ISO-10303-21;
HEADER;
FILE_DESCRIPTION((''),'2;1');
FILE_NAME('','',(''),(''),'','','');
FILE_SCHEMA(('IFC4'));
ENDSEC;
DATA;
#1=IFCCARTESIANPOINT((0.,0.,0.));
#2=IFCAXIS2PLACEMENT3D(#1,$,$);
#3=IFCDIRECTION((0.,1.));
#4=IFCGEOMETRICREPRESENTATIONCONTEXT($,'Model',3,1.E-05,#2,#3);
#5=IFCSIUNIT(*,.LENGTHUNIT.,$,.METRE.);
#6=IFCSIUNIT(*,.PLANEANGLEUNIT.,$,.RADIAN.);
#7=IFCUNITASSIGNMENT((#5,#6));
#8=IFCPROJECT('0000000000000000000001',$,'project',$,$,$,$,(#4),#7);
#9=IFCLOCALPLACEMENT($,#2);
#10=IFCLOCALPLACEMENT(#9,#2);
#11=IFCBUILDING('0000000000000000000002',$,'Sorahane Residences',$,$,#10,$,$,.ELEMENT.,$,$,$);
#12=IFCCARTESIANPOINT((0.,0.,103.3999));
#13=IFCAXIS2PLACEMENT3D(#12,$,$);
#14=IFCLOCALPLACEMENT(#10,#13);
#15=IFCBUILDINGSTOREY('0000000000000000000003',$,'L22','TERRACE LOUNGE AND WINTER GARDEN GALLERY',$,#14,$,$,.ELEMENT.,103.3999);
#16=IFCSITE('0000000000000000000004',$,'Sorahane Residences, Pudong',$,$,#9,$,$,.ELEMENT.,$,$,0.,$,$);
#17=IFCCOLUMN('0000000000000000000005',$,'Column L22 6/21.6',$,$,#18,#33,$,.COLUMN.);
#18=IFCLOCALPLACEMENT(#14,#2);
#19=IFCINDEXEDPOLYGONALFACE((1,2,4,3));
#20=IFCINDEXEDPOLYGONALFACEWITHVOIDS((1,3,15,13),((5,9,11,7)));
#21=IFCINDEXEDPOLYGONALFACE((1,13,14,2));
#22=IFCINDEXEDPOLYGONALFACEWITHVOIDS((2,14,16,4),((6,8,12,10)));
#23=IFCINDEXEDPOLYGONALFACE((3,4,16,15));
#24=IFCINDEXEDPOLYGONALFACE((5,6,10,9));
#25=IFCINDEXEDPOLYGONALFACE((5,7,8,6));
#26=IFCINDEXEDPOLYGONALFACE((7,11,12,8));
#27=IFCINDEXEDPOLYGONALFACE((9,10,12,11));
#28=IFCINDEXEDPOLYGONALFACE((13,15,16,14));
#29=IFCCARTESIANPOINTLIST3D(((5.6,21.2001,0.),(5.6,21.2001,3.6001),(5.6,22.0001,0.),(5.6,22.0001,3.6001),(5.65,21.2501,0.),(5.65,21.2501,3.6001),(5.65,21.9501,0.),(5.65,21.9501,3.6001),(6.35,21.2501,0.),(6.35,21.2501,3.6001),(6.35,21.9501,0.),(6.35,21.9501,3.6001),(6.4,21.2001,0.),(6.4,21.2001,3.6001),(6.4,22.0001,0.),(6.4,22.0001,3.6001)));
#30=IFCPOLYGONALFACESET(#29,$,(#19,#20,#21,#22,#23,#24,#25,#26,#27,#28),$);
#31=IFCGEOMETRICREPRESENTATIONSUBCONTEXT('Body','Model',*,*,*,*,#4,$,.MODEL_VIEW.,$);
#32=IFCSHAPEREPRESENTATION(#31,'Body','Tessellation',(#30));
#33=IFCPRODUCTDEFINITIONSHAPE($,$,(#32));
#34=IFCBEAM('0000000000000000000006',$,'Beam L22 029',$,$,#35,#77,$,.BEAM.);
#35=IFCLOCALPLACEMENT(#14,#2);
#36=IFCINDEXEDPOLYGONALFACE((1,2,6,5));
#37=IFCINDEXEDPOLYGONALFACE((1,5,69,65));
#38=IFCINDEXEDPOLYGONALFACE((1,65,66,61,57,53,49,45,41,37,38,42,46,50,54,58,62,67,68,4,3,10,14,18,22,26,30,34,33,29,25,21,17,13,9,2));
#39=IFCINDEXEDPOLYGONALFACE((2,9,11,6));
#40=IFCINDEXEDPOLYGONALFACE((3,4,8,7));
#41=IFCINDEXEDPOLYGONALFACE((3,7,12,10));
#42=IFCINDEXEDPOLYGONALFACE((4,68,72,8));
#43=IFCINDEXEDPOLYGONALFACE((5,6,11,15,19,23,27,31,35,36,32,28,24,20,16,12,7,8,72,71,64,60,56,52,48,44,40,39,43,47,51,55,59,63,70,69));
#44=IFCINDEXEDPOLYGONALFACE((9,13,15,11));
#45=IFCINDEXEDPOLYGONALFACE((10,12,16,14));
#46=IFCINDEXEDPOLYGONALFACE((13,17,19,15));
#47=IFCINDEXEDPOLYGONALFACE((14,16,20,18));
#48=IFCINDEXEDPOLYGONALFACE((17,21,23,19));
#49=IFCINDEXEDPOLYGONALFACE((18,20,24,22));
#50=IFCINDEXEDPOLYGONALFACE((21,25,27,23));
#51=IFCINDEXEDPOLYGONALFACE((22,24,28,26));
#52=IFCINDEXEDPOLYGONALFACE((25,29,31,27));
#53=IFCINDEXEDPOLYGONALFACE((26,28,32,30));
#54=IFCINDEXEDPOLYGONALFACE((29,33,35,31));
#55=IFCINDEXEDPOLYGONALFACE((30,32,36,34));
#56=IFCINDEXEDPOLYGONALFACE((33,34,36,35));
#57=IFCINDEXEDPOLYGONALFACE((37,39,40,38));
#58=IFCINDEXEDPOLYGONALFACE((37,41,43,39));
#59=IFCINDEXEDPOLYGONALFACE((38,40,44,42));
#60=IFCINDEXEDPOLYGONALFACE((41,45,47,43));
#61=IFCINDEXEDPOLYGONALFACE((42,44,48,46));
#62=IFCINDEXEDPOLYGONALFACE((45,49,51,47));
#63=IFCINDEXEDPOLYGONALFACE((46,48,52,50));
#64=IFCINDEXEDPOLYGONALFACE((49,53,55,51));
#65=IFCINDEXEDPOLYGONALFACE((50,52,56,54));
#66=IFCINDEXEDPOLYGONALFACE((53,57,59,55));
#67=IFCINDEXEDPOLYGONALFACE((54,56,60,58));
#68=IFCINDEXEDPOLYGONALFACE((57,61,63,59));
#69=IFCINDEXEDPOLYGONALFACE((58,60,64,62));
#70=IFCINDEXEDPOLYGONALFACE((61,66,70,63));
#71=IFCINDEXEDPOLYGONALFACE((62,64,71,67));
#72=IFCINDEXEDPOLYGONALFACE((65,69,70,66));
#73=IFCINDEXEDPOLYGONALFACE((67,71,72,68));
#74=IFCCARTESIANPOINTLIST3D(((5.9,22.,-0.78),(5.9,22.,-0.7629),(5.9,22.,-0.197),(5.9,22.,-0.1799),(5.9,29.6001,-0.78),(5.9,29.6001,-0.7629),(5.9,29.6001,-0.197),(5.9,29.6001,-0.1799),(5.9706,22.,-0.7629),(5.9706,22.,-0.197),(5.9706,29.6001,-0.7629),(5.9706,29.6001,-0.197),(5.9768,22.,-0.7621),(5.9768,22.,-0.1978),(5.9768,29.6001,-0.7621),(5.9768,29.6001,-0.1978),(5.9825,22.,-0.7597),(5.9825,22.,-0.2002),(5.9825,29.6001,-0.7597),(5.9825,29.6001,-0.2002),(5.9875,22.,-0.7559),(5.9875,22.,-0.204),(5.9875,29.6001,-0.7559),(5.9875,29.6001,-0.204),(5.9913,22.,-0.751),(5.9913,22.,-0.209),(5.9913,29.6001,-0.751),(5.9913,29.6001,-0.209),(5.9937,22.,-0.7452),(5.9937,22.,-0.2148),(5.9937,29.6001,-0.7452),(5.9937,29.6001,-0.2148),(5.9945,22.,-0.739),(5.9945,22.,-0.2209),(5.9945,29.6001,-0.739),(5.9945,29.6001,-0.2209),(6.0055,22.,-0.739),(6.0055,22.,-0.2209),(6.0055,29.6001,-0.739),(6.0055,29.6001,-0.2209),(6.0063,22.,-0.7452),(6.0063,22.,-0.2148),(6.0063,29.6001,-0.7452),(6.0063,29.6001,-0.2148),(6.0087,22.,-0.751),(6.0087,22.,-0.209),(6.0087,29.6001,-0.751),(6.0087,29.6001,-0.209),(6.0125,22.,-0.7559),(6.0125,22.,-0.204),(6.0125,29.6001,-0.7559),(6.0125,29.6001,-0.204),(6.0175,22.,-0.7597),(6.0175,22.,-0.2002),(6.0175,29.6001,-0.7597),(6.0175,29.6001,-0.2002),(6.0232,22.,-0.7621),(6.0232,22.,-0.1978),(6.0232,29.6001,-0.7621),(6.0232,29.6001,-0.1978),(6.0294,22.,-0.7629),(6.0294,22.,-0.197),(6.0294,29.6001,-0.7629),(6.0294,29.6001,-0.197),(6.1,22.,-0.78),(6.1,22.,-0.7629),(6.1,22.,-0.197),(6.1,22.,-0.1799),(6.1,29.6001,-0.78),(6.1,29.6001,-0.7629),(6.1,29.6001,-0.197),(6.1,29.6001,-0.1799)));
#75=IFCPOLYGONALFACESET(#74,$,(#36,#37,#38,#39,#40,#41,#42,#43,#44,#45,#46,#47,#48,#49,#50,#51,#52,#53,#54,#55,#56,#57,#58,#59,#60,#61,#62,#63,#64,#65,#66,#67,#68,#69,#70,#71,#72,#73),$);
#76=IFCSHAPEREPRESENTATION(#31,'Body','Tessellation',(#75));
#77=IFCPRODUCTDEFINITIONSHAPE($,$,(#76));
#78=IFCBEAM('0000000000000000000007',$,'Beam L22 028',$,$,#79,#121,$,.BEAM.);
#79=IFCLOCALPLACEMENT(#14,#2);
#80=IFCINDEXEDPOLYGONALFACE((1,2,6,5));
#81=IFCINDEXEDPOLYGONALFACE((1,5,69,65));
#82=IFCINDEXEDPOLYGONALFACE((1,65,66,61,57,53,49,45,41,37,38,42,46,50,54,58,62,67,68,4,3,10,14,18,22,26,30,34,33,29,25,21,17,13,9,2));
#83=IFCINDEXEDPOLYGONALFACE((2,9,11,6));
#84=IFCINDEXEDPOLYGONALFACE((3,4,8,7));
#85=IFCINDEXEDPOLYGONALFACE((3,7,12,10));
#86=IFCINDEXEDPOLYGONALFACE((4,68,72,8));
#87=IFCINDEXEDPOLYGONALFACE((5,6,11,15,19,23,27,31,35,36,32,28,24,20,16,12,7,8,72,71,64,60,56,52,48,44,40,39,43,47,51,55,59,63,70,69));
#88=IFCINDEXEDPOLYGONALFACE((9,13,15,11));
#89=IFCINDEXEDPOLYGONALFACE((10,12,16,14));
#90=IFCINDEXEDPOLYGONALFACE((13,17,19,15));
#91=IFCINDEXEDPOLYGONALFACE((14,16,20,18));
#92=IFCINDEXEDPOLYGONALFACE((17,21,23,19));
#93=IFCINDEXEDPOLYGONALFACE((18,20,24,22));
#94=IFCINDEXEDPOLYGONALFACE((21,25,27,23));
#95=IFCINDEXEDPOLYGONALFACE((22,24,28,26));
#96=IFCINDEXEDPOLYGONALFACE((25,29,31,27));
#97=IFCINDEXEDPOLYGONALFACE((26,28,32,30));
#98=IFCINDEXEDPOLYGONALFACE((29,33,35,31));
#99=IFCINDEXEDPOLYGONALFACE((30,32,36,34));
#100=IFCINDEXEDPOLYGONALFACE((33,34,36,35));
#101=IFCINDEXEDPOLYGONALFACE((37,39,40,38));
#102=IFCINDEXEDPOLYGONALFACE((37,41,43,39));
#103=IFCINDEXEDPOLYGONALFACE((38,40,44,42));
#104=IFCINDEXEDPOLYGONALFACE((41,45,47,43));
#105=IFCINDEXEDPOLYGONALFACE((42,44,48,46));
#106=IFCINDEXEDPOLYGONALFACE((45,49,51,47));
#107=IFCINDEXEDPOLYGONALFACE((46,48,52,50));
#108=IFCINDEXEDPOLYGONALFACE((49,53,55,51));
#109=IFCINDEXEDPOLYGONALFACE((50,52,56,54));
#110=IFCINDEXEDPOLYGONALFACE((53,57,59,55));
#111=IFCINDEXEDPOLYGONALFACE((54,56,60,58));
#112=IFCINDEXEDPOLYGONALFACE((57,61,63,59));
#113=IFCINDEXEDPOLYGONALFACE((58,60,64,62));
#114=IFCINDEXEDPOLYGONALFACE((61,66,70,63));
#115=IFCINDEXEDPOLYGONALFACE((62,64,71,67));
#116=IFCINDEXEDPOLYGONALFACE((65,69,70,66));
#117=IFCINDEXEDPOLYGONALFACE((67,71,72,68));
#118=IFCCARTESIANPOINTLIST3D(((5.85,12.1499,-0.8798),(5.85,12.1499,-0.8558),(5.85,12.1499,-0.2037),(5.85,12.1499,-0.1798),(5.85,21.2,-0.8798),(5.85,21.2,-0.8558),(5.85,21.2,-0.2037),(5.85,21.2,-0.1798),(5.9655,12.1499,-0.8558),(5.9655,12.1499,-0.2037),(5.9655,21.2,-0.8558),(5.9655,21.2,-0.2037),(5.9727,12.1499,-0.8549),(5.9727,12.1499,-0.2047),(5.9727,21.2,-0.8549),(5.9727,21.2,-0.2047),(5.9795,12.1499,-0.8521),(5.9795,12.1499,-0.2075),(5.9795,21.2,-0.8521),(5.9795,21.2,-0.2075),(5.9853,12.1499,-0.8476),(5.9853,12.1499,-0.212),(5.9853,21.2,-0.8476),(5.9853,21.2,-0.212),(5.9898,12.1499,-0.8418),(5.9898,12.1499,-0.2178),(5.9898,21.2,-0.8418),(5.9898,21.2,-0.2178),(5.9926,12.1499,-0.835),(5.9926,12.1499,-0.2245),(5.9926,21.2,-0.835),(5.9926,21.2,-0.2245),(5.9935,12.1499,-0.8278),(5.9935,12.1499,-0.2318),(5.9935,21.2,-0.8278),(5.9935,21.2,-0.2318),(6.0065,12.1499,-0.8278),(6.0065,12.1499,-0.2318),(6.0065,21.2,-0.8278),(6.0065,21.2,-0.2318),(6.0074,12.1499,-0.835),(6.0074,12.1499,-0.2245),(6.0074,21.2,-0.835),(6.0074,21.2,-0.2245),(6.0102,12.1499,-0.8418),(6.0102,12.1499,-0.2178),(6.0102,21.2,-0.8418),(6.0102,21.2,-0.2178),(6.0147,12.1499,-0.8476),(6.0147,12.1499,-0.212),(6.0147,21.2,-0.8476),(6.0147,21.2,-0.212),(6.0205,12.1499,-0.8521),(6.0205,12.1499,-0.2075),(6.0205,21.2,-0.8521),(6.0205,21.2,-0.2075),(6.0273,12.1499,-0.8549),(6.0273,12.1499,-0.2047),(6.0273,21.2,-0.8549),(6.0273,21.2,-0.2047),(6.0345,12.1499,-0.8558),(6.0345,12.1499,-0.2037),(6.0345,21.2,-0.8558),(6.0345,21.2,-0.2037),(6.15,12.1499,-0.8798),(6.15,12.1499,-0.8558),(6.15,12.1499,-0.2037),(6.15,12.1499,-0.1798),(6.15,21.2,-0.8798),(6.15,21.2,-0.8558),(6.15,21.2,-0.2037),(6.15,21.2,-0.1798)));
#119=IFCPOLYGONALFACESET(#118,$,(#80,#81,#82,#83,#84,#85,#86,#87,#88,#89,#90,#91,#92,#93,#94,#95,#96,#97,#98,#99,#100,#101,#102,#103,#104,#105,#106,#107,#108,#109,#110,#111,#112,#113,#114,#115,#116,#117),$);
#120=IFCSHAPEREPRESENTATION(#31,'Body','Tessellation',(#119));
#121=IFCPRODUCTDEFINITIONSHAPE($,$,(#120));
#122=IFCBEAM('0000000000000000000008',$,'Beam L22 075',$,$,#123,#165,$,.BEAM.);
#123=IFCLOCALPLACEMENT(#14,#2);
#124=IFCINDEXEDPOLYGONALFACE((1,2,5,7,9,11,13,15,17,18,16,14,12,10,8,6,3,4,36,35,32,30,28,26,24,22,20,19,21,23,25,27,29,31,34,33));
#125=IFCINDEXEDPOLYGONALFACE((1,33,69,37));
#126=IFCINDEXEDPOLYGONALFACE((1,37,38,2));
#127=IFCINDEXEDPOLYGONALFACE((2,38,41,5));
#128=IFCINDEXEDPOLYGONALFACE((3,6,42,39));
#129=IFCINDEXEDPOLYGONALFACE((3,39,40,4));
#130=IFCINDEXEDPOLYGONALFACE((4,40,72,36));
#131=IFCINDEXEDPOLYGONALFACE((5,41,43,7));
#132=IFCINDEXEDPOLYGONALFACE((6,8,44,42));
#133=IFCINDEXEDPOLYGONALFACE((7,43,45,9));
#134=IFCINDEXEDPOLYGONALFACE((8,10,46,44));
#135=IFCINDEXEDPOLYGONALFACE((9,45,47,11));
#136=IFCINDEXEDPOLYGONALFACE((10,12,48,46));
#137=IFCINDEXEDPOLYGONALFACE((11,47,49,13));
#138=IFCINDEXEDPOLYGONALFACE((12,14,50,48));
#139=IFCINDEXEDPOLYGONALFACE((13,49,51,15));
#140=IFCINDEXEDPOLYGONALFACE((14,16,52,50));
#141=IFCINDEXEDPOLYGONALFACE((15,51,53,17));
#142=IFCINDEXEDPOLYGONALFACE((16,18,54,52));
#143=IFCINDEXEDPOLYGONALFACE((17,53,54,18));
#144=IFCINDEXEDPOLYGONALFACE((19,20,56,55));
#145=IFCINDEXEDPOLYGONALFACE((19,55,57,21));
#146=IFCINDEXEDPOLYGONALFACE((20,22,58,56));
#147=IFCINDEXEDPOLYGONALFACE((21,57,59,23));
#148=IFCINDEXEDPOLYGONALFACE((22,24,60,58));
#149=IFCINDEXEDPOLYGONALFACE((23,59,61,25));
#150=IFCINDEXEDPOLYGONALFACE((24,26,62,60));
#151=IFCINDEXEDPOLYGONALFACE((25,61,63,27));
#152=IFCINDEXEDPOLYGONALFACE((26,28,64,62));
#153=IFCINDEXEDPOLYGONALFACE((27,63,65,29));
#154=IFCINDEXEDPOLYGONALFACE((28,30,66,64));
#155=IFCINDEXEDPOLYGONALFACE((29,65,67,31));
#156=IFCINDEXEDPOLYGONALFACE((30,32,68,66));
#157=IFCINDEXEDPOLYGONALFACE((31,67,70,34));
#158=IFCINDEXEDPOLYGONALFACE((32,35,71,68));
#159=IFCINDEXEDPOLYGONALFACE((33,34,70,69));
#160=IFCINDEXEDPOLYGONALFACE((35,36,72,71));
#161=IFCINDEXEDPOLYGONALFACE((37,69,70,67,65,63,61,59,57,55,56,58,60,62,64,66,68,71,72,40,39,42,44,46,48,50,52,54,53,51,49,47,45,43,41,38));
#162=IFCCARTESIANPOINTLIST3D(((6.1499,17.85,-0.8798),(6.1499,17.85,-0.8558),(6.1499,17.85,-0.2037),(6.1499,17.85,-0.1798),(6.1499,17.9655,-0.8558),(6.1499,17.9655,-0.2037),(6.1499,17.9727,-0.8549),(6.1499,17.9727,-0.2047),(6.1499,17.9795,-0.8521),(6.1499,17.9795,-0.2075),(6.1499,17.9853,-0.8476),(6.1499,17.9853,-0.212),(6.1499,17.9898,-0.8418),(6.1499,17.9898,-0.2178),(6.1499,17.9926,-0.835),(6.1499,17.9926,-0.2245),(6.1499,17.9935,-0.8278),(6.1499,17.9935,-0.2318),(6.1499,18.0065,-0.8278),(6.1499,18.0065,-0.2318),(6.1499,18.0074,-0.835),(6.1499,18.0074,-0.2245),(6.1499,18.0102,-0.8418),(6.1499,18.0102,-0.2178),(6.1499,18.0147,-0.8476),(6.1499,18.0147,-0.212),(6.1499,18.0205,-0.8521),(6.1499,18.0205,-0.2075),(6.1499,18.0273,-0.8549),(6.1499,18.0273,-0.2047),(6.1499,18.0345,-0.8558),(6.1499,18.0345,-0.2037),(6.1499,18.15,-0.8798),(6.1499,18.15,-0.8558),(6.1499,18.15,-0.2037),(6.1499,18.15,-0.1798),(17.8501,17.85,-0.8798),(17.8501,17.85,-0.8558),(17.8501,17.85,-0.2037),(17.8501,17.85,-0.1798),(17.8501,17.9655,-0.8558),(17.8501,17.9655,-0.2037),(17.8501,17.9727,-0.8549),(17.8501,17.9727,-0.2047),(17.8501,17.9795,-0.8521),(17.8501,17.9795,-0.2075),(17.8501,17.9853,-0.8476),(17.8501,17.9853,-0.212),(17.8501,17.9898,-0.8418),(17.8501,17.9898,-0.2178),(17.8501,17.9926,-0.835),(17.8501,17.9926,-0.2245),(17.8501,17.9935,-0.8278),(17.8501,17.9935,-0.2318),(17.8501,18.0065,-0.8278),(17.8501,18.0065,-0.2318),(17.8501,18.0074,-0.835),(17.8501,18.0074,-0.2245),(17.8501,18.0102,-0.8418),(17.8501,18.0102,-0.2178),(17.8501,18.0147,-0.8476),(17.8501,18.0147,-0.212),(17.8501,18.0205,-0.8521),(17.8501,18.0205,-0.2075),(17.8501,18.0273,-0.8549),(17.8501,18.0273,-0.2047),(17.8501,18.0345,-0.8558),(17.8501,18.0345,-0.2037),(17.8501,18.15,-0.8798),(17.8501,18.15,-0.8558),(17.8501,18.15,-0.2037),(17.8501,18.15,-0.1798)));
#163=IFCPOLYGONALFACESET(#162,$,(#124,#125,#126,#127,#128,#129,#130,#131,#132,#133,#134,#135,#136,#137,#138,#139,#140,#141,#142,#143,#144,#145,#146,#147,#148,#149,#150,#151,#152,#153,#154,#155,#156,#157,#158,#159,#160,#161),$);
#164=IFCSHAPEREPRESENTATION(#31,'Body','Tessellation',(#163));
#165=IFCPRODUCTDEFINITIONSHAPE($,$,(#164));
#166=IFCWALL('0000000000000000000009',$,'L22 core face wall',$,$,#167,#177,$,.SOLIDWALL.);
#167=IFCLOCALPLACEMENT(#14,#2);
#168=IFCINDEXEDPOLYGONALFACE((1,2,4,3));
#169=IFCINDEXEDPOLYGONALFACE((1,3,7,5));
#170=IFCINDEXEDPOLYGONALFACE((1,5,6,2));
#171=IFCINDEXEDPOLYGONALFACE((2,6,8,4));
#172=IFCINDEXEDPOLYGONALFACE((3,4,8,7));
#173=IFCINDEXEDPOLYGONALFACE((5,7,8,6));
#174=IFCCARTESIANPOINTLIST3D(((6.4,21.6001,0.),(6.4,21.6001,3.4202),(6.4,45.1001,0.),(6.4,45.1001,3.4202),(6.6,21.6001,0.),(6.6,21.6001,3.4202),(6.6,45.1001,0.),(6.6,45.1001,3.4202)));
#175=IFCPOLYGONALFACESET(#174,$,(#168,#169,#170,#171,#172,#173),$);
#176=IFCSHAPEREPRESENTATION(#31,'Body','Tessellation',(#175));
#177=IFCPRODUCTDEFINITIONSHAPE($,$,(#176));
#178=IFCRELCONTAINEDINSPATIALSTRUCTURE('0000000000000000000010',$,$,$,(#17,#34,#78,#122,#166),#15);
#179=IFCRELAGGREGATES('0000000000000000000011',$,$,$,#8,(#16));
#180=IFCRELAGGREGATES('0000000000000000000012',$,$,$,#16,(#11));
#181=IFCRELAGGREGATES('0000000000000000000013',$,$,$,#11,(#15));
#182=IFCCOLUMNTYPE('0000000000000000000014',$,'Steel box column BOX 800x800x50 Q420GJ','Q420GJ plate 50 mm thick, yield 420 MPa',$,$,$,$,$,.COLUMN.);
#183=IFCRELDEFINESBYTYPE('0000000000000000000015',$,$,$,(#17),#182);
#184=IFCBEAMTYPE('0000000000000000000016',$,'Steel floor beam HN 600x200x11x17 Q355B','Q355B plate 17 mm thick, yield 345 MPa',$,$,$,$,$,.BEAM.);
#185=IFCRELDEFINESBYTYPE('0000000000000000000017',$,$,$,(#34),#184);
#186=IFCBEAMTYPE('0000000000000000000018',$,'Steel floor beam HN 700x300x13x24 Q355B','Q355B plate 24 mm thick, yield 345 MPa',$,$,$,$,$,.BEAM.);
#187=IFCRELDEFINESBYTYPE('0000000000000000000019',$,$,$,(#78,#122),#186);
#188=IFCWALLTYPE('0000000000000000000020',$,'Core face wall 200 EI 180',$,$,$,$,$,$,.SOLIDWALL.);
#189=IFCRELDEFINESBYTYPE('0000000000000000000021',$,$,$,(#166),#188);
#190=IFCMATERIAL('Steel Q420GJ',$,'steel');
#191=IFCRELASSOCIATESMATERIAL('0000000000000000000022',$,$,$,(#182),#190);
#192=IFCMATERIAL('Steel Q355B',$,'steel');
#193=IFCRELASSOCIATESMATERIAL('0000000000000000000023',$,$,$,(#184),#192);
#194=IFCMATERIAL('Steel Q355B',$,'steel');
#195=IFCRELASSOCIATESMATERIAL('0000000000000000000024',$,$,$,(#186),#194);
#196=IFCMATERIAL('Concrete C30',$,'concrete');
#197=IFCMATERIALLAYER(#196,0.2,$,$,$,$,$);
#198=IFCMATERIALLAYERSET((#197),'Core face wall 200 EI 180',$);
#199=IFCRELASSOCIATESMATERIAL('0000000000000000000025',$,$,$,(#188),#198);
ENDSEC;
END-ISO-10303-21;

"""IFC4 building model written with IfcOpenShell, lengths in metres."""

from ifc_helpers import new_model, si_unit, direction, frame, frame_2d, origin, origin_2d, place, context, subcontext, project, spatial, rectangle, hollow_rectangle, i_section, extrude, material, layer, layer_set, material_profile, profile_set, type_object, element, save


model = new_model("IFC4")

# Units and contexts
model_context = context("Model", 3, precision=1e-05, world=origin(), true_north=direction((0.0, 1.0)))
body_context = subcontext(model_context, "Body", "Model", "MODEL_VIEW")
ifc_project = project(units=[si_unit("LENGTHUNIT", "METRE"), si_unit("PLANEANGLEUNIT", "RADIAN")], contexts=[model_context])

# Site, building, storey
site_placement = place(None, origin())
site = spatial("IfcSite", under=ifc_project, at=site_placement, Name="Sorahane Residences, Pudong", CompositionType="ELEMENT", RefElevation=0.0)
building_placement = place(site_placement, origin())
building = spatial("IfcBuilding", under=site, at=building_placement, Name="Sorahane Residences", CompositionType="ELEMENT")
storey_placement = place(building_placement, frame((0.0, 0.0, 103.3999)))
storey = spatial("IfcBuildingStorey", under=building, at=storey_placement, Name="L22", Description="TERRACE LOUNGE AND WINTER GARDEN GALLERY", CompositionType="ELEMENT", Elevation=103.3999)

# Column
ifc_material_1 = material(Name="Steel Q420GJ", Category="steel")
ifc_material_profile_1 = material_profile(ifc_material_1, hollow_rectangle(XDim=0.8, YDim=0.8, WallThickness=0.05, at=origin_2d()), Name="BOX 800x800x50")
ifc_profile_set_1 = profile_set([ifc_material_profile_1], Name="Steel Q420GJ")
column_type = type_object("IfcColumnType", Name="Steel box column BOX 800x800x50 Q420GJ", Description="Q420GJ plate 50 mm thick, yield 420 MPa", PredefinedType="COLUMN", material=ifc_profile_set_1)
column_placement = place(storey_placement, frame((6.0, 21.6001, 0.0), z_axis=(0.0, 0.0, 1.0), x_axis=(1.0, 0.0, 0.0)))
element("IfcColumn", 1, at=column_placement, inside=storey, type_object=column_type, Name="Column L22 6/21.6", PredefinedType="COLUMN", context=body_context, shape_type="SweptSolid", body=[
    extrude(hollow_rectangle(XDim=0.8, YDim=0.8, WallThickness=0.05, at=origin_2d()), origin(), (0.0, 0.0, 1.0), 3.6001),
])

# Beams
ifc_material_2 = material(Name="Steel Q355B", Category="steel")
ifc_material_profile_2 = material_profile(ifc_material_2, i_section(OverallWidth=0.2, OverallDepth=0.6001, WebThickness=0.011, FlangeThickness=0.0171, FilletRadius=0.0239, at=origin_2d()), Name="HN 600x200x11x17")
ifc_profile_set_2 = profile_set([ifc_material_profile_2], Name="Steel Q355B")
beam_type_1 = type_object("IfcBeamType", Name="Steel floor beam HN 600x200x11x17 Q355B", Description="Q355B plate 17 mm thick, yield 345 MPa", PredefinedType="BEAM", material=ifc_profile_set_2)
beam_1_placement = place(storey_placement, frame((6.0, 22.0, -0.48), z_axis=(0.0, 1.0, 0.0), x_axis=(-1.0, 0.0, 0.0)))
element("IfcBeam", 2, at=beam_1_placement, inside=storey, type_object=beam_type_1, Name="Beam L22 029", PredefinedType="BEAM", context=body_context, shape_type="SweptSolid", body=[
    extrude(i_section(OverallWidth=0.2, OverallDepth=0.6001, WebThickness=0.011, FlangeThickness=0.0171, FilletRadius=0.0239, at=origin_2d()), origin(), (0.0, 0.0, 1.0), 7.6001),
])
ifc_material_3 = material(Name="Steel Q355B", Category="steel")
ifc_material_profile_3 = material_profile(ifc_material_3, i_section(OverallWidth=0.3, OverallDepth=0.7, WebThickness=0.0129, FlangeThickness=0.0239, FilletRadius=0.0281, at=origin_2d()), Name="HN 700x300x13x24")
ifc_profile_set_3 = profile_set([ifc_material_profile_3], Name="Steel Q355B")
beam_type_2 = type_object("IfcBeamType", Name="Steel floor beam HN 700x300x13x24 Q355B", Description="Q355B plate 24 mm thick, yield 345 MPa", PredefinedType="BEAM", material=ifc_profile_set_3)
beam_2_placement = place(storey_placement, frame((6.0, 12.1499, -0.5298), z_axis=(0.0, 1.0, 0.0), x_axis=(-1.0, 0.0, 0.0)))
element("IfcBeam", 3, at=beam_2_placement, inside=storey, type_object=beam_type_2, Name="Beam L22 028", PredefinedType="BEAM", context=body_context, shape_type="SweptSolid", body=[
    extrude(i_section(OverallWidth=0.3, OverallDepth=0.7, WebThickness=0.0129, FlangeThickness=0.0239, FilletRadius=0.0281, at=origin_2d()), origin(), (0.0, 0.0, 1.0), 9.05),
])
beam_3_placement = place(storey_placement, frame((6.1499, 18.0, -0.5298), z_axis=(1.0, 0.0, 0.0), x_axis=(0.0, 1.0, 0.0)))
element("IfcBeam", 4, at=beam_3_placement, inside=storey, type_object=beam_type_2, Name="Beam L22 075", PredefinedType="BEAM", context=body_context, shape_type="SweptSolid", body=[
    extrude(i_section(OverallWidth=0.3, OverallDepth=0.7, WebThickness=0.0129, FlangeThickness=0.0239, FilletRadius=0.0281, at=origin_2d()), origin(), (0.0, 0.0, 1.0), 11.7002),
])

# Wall
ifc_material_4 = material(Name="Concrete C30", Category="concrete")
ifc_layer_1 = layer(ifc_material_4, 0.2)
ifc_layer_set_1 = layer_set([ifc_layer_1], Name="Core face wall 200 EI 180")
wall_type_1 = type_object("IfcWallType", Name="Core face wall 200 EI 180", PredefinedType="SOLIDWALL", material=ifc_layer_set_1)
wall_1_placement = place(storey_placement, frame((6.5, 21.6001, 0.0), z_axis=(0.0, 0.0, 1.0), x_axis=(0.0, 1.0, 0.0)))
element("IfcWall", 5, at=wall_1_placement, inside=storey, type_object=wall_type_1, Name="L22 core face wall", PredefinedType="SOLIDWALL", context=body_context, shape_type="SweptSolid", body=[
    extrude(rectangle(XDim=23.5, YDim=0.2, at=frame_2d((11.75, 0.0))), origin(), (0.0, 0.0, 1.0), 3.4202),
])

save(model, "model.ifc")
